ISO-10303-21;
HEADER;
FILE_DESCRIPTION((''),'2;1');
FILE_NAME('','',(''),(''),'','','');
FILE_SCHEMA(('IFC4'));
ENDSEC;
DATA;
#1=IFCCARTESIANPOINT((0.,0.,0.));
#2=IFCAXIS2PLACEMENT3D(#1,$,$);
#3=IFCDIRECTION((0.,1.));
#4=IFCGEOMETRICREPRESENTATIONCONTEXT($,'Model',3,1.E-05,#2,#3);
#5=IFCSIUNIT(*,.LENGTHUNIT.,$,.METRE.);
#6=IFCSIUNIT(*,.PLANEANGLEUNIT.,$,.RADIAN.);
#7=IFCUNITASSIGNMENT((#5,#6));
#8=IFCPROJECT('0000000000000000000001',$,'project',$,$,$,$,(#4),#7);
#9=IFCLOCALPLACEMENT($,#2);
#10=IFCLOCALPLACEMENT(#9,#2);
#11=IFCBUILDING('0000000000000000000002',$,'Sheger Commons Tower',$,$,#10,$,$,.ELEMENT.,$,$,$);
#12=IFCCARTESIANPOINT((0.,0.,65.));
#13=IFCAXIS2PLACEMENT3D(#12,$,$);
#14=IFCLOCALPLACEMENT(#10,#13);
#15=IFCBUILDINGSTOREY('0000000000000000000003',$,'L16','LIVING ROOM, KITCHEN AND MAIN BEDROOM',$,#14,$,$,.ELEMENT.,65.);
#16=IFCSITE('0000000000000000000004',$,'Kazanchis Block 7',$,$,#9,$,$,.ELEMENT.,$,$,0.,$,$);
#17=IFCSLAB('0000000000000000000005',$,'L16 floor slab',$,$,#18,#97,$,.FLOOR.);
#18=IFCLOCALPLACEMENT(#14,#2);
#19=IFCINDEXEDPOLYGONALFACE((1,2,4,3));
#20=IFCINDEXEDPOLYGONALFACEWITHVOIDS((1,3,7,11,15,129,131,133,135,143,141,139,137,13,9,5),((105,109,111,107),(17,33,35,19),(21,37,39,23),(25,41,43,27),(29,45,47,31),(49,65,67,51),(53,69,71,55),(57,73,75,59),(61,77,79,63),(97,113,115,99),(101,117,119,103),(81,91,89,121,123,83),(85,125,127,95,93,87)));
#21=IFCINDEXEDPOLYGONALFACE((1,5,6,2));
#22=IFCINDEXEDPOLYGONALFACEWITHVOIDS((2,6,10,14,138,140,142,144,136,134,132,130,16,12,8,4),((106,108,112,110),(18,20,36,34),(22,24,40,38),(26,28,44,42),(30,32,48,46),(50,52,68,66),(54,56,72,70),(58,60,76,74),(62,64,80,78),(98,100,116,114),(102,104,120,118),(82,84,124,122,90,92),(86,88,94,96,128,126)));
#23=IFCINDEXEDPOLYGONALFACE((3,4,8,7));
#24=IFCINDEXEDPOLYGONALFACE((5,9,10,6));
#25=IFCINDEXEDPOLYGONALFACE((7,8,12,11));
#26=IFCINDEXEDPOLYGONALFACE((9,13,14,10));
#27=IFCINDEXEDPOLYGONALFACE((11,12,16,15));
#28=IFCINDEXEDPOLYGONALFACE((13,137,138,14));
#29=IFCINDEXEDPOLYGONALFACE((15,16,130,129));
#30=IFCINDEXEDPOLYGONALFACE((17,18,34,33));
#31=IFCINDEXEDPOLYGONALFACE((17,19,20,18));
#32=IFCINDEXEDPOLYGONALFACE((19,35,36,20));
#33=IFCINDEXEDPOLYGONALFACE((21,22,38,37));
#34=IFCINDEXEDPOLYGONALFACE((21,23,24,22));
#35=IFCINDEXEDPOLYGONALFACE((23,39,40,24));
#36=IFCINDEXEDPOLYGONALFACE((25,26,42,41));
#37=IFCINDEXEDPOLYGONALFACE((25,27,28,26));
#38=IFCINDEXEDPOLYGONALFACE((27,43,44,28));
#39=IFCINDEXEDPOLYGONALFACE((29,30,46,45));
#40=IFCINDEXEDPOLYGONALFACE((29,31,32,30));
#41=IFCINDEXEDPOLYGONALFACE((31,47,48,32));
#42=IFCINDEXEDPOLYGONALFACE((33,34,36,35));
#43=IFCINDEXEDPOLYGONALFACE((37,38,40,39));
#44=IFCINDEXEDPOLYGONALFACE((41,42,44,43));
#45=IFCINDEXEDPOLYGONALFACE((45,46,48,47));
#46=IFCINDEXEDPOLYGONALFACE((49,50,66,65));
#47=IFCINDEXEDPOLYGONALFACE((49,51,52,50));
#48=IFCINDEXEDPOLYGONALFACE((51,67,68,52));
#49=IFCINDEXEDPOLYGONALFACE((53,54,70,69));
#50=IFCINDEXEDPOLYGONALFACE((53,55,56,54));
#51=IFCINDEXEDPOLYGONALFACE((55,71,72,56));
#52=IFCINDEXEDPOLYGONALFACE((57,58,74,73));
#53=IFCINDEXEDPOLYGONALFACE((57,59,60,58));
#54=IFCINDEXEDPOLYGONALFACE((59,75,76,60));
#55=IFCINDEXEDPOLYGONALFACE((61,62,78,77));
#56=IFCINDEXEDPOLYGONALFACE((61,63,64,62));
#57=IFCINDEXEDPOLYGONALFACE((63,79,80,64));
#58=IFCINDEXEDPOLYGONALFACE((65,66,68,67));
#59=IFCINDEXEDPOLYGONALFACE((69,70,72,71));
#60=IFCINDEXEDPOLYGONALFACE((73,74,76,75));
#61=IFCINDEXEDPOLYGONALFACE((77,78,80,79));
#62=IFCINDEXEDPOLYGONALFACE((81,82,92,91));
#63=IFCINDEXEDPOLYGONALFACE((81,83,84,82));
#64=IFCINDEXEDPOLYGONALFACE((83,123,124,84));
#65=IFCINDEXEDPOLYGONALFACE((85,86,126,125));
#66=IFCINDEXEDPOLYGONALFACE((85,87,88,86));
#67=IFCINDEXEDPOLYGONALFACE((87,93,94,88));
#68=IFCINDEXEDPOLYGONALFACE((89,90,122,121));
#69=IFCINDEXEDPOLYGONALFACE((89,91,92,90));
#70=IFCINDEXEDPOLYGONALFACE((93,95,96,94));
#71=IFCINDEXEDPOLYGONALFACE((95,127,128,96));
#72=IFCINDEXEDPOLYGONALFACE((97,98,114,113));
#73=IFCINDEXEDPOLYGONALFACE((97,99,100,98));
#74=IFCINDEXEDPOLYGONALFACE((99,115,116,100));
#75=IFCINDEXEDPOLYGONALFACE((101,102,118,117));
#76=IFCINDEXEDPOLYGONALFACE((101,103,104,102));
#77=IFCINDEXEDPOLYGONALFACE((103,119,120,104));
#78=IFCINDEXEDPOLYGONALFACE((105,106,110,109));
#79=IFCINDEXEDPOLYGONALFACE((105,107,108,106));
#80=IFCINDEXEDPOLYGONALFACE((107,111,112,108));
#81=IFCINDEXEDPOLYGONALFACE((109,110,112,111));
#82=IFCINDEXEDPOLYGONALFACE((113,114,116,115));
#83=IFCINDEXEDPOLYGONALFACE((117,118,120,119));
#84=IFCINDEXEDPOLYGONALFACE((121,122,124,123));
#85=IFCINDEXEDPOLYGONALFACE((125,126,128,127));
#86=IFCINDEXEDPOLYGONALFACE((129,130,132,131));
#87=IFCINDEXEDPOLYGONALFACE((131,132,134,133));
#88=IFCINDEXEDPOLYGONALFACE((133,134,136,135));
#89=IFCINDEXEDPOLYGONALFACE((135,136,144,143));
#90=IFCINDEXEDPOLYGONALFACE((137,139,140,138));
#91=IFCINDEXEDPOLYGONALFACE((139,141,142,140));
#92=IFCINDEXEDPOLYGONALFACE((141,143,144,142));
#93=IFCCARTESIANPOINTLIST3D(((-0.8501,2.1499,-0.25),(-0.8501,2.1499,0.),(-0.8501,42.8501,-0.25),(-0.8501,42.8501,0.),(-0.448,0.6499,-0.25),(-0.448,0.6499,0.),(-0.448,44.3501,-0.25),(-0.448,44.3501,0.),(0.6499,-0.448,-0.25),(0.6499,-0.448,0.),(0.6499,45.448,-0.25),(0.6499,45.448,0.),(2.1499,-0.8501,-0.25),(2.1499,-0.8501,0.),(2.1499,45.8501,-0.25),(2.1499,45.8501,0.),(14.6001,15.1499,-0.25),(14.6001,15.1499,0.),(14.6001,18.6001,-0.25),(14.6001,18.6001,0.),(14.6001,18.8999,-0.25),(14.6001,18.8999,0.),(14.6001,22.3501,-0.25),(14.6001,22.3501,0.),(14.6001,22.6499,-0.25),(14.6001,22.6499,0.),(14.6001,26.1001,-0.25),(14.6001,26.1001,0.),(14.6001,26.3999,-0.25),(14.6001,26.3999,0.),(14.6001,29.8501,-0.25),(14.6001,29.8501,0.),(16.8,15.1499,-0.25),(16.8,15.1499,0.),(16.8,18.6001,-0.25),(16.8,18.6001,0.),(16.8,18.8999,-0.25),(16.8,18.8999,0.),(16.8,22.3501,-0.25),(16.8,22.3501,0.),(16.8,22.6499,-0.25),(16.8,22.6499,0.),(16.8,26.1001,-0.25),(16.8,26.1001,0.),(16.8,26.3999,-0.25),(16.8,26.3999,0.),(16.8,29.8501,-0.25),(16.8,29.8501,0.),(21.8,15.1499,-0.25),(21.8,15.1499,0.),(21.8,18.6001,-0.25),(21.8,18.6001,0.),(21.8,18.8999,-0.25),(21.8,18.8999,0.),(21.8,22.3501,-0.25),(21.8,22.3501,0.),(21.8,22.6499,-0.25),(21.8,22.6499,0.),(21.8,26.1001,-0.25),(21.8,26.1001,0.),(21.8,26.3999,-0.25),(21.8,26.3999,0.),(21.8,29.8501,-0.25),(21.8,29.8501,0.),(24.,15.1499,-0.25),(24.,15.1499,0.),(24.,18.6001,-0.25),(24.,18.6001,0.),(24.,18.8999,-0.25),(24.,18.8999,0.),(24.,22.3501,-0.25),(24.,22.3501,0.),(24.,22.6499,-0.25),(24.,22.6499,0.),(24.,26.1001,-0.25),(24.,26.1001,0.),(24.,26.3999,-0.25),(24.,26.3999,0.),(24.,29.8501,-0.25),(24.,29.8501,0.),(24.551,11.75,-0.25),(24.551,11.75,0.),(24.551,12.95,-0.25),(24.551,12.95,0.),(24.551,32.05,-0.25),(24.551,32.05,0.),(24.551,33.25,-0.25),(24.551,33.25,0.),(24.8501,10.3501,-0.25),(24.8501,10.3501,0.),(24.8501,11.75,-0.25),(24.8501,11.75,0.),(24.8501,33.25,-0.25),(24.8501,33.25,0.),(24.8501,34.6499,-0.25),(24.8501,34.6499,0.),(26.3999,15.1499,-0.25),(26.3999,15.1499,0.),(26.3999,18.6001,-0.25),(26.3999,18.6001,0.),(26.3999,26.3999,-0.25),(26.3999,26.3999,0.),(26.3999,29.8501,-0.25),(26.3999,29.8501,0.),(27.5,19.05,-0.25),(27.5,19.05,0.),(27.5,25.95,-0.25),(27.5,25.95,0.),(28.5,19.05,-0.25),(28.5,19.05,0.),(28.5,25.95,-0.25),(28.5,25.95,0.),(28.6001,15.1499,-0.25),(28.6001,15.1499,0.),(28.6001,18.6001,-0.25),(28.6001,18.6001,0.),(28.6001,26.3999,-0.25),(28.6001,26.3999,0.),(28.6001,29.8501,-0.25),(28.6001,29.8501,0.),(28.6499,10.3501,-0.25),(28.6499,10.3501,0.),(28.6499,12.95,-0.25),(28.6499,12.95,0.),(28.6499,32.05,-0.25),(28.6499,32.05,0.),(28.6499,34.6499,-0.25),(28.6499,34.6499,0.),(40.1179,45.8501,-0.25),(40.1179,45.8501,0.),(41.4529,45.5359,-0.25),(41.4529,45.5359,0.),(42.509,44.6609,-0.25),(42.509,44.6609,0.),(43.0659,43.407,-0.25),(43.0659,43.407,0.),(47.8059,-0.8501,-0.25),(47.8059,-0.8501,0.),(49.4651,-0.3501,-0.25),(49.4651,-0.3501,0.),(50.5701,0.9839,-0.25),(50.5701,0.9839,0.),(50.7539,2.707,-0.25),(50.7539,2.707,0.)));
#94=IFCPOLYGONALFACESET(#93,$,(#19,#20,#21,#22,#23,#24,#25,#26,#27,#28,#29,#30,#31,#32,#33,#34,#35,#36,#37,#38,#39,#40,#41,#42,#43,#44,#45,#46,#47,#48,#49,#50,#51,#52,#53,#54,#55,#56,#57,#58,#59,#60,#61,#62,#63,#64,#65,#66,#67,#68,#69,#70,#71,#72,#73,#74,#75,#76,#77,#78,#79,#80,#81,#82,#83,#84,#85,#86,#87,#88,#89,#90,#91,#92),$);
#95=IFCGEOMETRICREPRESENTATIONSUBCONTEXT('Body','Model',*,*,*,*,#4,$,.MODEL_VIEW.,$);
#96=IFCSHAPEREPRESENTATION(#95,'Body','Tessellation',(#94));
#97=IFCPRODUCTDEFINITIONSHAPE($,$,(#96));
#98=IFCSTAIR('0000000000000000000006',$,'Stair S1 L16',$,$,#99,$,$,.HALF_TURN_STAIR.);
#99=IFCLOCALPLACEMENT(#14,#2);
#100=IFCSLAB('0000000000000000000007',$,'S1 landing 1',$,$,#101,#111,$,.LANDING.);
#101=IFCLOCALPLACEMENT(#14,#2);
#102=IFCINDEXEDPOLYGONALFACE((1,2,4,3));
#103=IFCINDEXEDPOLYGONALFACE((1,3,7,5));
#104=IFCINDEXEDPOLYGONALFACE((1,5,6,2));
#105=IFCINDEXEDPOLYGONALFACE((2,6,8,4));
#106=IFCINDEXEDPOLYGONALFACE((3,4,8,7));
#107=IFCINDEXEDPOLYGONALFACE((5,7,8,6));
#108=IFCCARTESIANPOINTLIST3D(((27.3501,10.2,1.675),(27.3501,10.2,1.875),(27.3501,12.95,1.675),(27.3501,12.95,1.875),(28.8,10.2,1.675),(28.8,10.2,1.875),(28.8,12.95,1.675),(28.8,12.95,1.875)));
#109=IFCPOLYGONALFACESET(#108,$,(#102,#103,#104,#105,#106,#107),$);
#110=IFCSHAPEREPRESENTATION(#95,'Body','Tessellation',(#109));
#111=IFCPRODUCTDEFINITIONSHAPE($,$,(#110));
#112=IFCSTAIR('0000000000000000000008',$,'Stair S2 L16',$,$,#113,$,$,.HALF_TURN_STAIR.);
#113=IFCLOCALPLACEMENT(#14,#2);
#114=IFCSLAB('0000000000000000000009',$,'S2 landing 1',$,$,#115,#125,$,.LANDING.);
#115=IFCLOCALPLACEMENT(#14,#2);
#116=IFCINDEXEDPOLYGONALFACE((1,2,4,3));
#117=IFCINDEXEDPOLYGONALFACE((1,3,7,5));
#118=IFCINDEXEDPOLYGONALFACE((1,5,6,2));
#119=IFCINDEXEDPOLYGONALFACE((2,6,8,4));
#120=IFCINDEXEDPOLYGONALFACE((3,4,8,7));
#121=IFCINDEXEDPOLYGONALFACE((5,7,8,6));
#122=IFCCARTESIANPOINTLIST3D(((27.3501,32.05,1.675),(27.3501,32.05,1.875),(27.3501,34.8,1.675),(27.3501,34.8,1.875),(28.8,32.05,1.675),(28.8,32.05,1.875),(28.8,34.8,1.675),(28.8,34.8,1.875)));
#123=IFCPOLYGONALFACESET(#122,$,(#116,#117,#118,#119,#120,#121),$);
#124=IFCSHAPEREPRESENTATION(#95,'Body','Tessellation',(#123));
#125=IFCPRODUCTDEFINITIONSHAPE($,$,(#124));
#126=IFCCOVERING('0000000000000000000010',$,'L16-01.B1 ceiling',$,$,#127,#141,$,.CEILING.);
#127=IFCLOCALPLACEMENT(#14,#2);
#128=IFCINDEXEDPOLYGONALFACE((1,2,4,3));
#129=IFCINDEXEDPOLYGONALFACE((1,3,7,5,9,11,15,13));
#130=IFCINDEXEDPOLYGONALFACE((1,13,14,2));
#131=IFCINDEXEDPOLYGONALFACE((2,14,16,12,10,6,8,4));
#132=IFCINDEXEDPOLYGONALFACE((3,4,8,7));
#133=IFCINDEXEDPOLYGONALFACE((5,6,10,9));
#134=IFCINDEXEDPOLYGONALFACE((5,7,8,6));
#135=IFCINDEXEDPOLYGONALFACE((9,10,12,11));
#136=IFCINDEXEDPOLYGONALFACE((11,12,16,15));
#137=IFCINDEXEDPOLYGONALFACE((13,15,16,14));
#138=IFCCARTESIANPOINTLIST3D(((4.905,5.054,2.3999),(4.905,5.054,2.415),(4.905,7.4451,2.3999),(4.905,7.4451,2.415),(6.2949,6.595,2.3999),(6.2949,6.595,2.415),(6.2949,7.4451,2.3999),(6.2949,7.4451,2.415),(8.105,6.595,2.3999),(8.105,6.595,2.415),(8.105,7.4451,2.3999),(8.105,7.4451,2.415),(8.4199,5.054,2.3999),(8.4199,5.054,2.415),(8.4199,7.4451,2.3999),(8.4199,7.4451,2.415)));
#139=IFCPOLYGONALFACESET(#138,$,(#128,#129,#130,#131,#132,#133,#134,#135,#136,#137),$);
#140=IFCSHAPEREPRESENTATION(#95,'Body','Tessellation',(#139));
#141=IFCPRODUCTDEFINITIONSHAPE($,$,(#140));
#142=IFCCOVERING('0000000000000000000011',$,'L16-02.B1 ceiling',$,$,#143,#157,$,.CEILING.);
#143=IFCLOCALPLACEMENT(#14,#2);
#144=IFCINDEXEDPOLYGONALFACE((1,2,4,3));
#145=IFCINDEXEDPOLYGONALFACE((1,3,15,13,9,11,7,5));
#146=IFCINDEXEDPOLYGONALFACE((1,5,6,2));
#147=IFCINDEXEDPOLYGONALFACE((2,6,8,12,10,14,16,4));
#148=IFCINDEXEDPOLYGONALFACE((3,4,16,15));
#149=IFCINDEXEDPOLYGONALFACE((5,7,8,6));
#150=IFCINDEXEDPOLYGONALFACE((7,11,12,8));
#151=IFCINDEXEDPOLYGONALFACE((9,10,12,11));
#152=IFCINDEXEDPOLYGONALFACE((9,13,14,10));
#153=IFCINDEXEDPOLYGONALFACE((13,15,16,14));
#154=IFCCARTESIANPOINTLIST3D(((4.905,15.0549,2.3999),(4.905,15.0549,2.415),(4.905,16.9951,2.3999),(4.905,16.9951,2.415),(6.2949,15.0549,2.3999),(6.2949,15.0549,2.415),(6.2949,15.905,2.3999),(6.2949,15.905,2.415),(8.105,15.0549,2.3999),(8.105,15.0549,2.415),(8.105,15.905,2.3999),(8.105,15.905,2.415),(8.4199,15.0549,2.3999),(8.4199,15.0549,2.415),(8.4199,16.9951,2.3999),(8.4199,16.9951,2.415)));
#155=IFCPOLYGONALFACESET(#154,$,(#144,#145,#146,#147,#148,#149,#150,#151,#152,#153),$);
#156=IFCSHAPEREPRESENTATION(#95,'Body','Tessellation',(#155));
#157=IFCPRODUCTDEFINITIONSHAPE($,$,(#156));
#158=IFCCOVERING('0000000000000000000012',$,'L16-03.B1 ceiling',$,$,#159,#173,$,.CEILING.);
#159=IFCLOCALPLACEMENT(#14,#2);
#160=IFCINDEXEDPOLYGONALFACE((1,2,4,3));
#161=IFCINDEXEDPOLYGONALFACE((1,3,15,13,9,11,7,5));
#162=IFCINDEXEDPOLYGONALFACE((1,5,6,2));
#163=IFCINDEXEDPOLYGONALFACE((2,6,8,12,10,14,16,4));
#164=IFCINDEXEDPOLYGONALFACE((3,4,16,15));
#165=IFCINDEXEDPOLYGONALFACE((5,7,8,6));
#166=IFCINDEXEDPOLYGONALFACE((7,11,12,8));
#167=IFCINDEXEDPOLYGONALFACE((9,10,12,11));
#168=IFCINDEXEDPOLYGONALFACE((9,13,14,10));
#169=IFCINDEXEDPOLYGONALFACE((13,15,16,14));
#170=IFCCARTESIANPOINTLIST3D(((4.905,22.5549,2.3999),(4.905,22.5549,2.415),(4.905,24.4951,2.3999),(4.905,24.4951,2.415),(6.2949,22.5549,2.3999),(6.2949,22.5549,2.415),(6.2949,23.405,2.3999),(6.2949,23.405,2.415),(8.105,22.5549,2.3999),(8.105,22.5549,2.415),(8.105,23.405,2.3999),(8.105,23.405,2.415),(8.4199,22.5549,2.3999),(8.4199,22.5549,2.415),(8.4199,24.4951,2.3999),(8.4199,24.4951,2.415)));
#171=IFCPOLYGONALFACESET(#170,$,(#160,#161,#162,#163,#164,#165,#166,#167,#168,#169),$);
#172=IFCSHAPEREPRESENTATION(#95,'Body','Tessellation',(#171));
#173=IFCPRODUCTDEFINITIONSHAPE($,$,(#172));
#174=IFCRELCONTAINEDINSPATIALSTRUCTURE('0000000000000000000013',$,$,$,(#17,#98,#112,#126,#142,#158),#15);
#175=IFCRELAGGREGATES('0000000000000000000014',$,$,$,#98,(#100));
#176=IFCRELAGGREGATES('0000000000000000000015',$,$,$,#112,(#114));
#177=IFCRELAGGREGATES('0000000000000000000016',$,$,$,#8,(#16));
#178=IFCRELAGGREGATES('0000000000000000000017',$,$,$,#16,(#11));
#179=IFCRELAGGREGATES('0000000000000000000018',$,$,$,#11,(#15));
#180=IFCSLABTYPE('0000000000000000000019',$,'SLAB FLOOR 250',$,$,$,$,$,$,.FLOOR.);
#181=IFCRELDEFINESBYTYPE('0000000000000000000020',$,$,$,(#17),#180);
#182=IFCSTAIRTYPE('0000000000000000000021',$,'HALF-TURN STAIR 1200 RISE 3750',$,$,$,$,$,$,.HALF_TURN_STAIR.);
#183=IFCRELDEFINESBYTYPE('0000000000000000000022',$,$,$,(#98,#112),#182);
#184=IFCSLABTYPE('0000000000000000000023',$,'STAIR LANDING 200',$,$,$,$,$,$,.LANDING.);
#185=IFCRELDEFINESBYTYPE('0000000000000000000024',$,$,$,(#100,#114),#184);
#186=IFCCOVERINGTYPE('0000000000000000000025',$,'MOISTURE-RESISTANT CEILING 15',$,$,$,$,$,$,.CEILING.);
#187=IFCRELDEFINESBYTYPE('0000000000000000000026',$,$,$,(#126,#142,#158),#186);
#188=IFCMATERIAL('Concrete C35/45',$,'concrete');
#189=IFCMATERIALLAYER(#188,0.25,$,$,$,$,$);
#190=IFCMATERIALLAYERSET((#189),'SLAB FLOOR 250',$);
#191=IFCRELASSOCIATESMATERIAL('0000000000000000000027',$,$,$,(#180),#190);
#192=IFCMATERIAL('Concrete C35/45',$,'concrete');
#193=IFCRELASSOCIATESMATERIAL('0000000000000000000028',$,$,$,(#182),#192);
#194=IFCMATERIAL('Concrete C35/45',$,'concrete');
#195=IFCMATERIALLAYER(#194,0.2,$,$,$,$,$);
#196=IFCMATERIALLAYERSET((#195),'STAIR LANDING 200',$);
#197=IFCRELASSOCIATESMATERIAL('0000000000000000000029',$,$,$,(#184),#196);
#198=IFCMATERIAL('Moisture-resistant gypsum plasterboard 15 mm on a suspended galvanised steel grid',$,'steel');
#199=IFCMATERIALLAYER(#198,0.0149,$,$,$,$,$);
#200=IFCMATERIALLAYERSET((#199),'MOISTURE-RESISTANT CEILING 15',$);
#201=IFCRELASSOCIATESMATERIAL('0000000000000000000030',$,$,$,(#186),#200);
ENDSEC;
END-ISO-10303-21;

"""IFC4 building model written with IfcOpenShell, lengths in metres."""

from ifc_helpers import new_model, si_unit, direction, frame, origin, place, context, subcontext, project, spatial, polyline, outline, extrude, material, layer, layer_set, type_object, element, aggregate, save


model = new_model("IFC4")

# Units and contexts
model_context = context("Model", 3, precision=1e-05, world=origin(), true_north=direction((0.0, 1.0)))
body_context = subcontext(model_context, "Body", "Model", "MODEL_VIEW")
ifc_project = project(units=[si_unit("LENGTHUNIT", "METRE"), si_unit("PLANEANGLEUNIT", "RADIAN")], contexts=[model_context])

# Site, building, storey
site_placement = place(None, origin())
site = spatial("IfcSite", under=ifc_project, at=site_placement, Name="Kazanchis Block 7", CompositionType="ELEMENT", RefElevation=0.0)
building_placement = place(site_placement, origin())
building = spatial("IfcBuilding", under=site, at=building_placement, Name="Sheger Commons Tower", CompositionType="ELEMENT")
storey_placement = place(building_placement, frame((0.0, 0.0, 65.0)))
storey = spatial("IfcBuildingStorey", under=building, at=storey_placement, Name="L16", Description="LIVING ROOM, KITCHEN AND MAIN BEDROOM", CompositionType="ELEMENT", Elevation=65.0)

# Slab
ifc_material_1 = material(Name="Concrete C35/45", Category="concrete")
ifc_layer_1 = layer(ifc_material_1, 0.25)
ifc_layer_set_1 = layer_set([ifc_layer_1], Name="SLAB FLOOR 250")
slab_type_1 = type_object("IfcSlabType", Name="SLAB FLOOR 250", PredefinedType="FLOOR", material=ifc_layer_set_1)
slab_1_placement = place(storey_placement, frame((0.0, 0.0, -0.25)))
element("IfcSlab", 1, at=slab_1_placement, inside=storey, type_object=slab_type_1, Name="L16 floor slab", PredefinedType="FLOOR", context=body_context, shape_type="SweptSolid", body=[
    extrude(outline(polyline([(-0.8501, 2.1499), (-0.448, 0.6499), (0.6499, -0.448), (2.1499, -0.8501), (47.8059, -0.8501), (49.4651, -0.3501), (50.5701, 0.9839), (50.7539, 2.707), (43.0659, 43.407), (42.509, 44.6609), (41.4529, 45.5359), (40.1179, 45.8501), (2.1499, 45.8501), (0.6499, 45.448), (-0.448, 44.3501), (-0.8501, 42.8501), (-0.8501, 2.1499)]), holes=[polyline([(24.8501, 10.3501), (28.6499, 10.3501), (28.6499, 12.95), (24.551, 12.95), (24.551, 11.75), (24.8501, 11.75), (24.8501, 10.3501)]), polyline([(24.551, 32.05), (28.6499, 32.05), (28.6499, 34.6499), (24.8501, 34.6499), (24.8501, 33.25), (24.551, 33.25), (24.551, 32.05)]), polyline([(26.3999, 15.1499), (28.6001, 15.1499), (28.6001, 18.6001), (26.3999, 18.6001), (26.3999, 15.1499)]), polyline([(26.3999, 26.3999), (28.6001, 26.3999), (28.6001, 29.8501), (26.3999, 29.8501), (26.3999, 26.3999)]), polyline([(14.6001, 15.1499), (16.8, 15.1499), (16.8, 18.6001), (14.6001, 18.6001), (14.6001, 15.1499)]), polyline([(14.6001, 18.8999), (16.8, 18.8999), (16.8, 22.3501), (14.6001, 22.3501), (14.6001, 18.8999)]), polyline([(14.6001, 22.6499), (16.8, 22.6499), (16.8, 26.1001), (14.6001, 26.1001), (14.6001, 22.6499)]), polyline([(14.6001, 26.3999), (16.8, 26.3999), (16.8, 29.8501), (14.6001, 29.8501), (14.6001, 26.3999)]), polyline([(21.8, 15.1499), (24.0, 15.1499), (24.0, 18.6001), (21.8, 18.6001), (21.8, 15.1499)]), polyline([(21.8, 18.8999), (24.0, 18.8999), (24.0, 22.3501), (21.8, 22.3501), (21.8, 18.8999)]), polyline([(21.8, 22.6499), (24.0, 22.6499), (24.0, 26.1001), (21.8, 26.1001), (21.8, 22.6499)]), polyline([(21.8, 26.3999), (24.0, 26.3999), (24.0, 29.8501), (21.8, 29.8501), (21.8, 26.3999)]), polyline([(27.5, 19.05), (28.5, 19.05), (28.5, 25.95), (27.5, 25.95), (27.5, 19.05)])]), origin(), (0.0, 0.0, 1.0), 0.25),
])

# Stairs, slabs
ifc_material_2 = material(Name="Concrete C35/45", Category="concrete")
stair_type = type_object("IfcStairType", Name="HALF-TURN STAIR 1200 RISE 3750", PredefinedType="HALF_TURN_STAIR", material=ifc_material_2)
stair_1_placement = place(storey_placement, origin())
stair_1 = element("IfcStair", 2, at=stair_1_placement, inside=storey, type_object=stair_type, Name="Stair S1 L16", PredefinedType="HALF_TURN_STAIR")
ifc_material_3 = material(Name="Concrete C35/45", Category="concrete")
ifc_layer_2 = layer(ifc_material_3, 0.2)
ifc_layer_set_2 = layer_set([ifc_layer_2], Name="STAIR LANDING 200")
slab_type_2 = type_object("IfcSlabType", Name="STAIR LANDING 200", PredefinedType="LANDING", material=ifc_layer_set_2)
slab_2_placement = place(storey_placement, frame((0.0, 0.0, 1.675)))
slab_2 = element("IfcSlab", 3, at=slab_2_placement, type_object=slab_type_2, Name="S1 landing 1", PredefinedType="LANDING", context=body_context, shape_type="SweptSolid", body=[
    extrude(outline(polyline([(27.3501, 10.2), (28.8, 10.2), (28.8, 12.95), (27.3501, 12.95), (27.3501, 10.2)])), origin(), (0.0, 0.0, 1.0), 0.2),
])
aggregate(stair_1, [slab_2])
stair_2_placement = place(storey_placement, origin())
stair_2 = element("IfcStair", 4, at=stair_2_placement, inside=storey, type_object=stair_type, Name="Stair S2 L16", PredefinedType="HALF_TURN_STAIR")
slab_3_placement = place(storey_placement, frame((0.0, 0.0, 1.675)))
slab_3 = element("IfcSlab", 5, at=slab_3_placement, type_object=slab_type_2, Name="S2 landing 1", PredefinedType="LANDING", context=body_context, shape_type="SweptSolid", body=[
    extrude(outline(polyline([(27.3501, 32.05), (28.8, 32.05), (28.8, 34.8), (27.3501, 34.8), (27.3501, 32.05)])), origin(), (0.0, 0.0, 1.0), 0.2),
])
aggregate(stair_2, [slab_3])

# Coverings
ifc_material_4 = material(Name="Moisture-resistant gypsum plasterboard 15 mm on a suspended galvanised steel grid", Category="steel")
ifc_layer_3 = layer(ifc_material_4, 0.0149)
ifc_layer_set_3 = layer_set([ifc_layer_3], Name="MOISTURE-RESISTANT CEILING 15")
covering_type_1 = type_object("IfcCoveringType", Name="MOISTURE-RESISTANT CEILING 15", PredefinedType="CEILING", material=ifc_layer_set_3)
covering_1_placement = place(storey_placement, frame((0.0, 0.0, 2.3999)))
element("IfcCovering", 6, at=covering_1_placement, inside=storey, type_object=covering_type_1, Name="L16-01.B1 ceiling", PredefinedType="CEILING", context=body_context, shape_type="SweptSolid", body=[
    extrude(outline(polyline([(4.905, 5.054), (8.4199, 5.054), (8.4199, 7.4451), (8.105, 7.4451), (8.105, 6.595), (6.2949, 6.595), (6.2949, 7.4451), (4.905, 7.4451), (4.905, 5.054)])), origin(), (0.0, 0.0, 1.0), 0.0151),
])
covering_2_placement = place(storey_placement, frame((0.0, 0.0, 2.3999)))
element("IfcCovering", 7, at=covering_2_placement, inside=storey, type_object=covering_type_1, Name="L16-02.B1 ceiling", PredefinedType="CEILING", context=body_context, shape_type="SweptSolid", body=[
    extrude(outline(polyline([(4.905, 15.0549), (6.2949, 15.0549), (6.2949, 15.905), (8.105, 15.905), (8.105, 15.0549), (8.4199, 15.0549), (8.4199, 16.9951), (4.905, 16.9951), (4.905, 15.0549)])), origin(), (0.0, 0.0, 1.0), 0.0151),
])
covering_3_placement = place(storey_placement, frame((0.0, 0.0, 2.3999)))
element("IfcCovering", 8, at=covering_3_placement, inside=storey, type_object=covering_type_1, Name="L16-03.B1 ceiling", PredefinedType="CEILING", context=body_context, shape_type="SweptSolid", body=[
    extrude(outline(polyline([(4.905, 22.5549), (6.2949, 22.5549), (6.2949, 23.405), (8.105, 23.405), (8.105, 22.5549), (8.4199, 22.5549), (8.4199, 24.4951), (4.905, 24.4951), (4.905, 22.5549)])), origin(), (0.0, 0.0, 1.0), 0.0151),
])

save(model, "model.ifc")
